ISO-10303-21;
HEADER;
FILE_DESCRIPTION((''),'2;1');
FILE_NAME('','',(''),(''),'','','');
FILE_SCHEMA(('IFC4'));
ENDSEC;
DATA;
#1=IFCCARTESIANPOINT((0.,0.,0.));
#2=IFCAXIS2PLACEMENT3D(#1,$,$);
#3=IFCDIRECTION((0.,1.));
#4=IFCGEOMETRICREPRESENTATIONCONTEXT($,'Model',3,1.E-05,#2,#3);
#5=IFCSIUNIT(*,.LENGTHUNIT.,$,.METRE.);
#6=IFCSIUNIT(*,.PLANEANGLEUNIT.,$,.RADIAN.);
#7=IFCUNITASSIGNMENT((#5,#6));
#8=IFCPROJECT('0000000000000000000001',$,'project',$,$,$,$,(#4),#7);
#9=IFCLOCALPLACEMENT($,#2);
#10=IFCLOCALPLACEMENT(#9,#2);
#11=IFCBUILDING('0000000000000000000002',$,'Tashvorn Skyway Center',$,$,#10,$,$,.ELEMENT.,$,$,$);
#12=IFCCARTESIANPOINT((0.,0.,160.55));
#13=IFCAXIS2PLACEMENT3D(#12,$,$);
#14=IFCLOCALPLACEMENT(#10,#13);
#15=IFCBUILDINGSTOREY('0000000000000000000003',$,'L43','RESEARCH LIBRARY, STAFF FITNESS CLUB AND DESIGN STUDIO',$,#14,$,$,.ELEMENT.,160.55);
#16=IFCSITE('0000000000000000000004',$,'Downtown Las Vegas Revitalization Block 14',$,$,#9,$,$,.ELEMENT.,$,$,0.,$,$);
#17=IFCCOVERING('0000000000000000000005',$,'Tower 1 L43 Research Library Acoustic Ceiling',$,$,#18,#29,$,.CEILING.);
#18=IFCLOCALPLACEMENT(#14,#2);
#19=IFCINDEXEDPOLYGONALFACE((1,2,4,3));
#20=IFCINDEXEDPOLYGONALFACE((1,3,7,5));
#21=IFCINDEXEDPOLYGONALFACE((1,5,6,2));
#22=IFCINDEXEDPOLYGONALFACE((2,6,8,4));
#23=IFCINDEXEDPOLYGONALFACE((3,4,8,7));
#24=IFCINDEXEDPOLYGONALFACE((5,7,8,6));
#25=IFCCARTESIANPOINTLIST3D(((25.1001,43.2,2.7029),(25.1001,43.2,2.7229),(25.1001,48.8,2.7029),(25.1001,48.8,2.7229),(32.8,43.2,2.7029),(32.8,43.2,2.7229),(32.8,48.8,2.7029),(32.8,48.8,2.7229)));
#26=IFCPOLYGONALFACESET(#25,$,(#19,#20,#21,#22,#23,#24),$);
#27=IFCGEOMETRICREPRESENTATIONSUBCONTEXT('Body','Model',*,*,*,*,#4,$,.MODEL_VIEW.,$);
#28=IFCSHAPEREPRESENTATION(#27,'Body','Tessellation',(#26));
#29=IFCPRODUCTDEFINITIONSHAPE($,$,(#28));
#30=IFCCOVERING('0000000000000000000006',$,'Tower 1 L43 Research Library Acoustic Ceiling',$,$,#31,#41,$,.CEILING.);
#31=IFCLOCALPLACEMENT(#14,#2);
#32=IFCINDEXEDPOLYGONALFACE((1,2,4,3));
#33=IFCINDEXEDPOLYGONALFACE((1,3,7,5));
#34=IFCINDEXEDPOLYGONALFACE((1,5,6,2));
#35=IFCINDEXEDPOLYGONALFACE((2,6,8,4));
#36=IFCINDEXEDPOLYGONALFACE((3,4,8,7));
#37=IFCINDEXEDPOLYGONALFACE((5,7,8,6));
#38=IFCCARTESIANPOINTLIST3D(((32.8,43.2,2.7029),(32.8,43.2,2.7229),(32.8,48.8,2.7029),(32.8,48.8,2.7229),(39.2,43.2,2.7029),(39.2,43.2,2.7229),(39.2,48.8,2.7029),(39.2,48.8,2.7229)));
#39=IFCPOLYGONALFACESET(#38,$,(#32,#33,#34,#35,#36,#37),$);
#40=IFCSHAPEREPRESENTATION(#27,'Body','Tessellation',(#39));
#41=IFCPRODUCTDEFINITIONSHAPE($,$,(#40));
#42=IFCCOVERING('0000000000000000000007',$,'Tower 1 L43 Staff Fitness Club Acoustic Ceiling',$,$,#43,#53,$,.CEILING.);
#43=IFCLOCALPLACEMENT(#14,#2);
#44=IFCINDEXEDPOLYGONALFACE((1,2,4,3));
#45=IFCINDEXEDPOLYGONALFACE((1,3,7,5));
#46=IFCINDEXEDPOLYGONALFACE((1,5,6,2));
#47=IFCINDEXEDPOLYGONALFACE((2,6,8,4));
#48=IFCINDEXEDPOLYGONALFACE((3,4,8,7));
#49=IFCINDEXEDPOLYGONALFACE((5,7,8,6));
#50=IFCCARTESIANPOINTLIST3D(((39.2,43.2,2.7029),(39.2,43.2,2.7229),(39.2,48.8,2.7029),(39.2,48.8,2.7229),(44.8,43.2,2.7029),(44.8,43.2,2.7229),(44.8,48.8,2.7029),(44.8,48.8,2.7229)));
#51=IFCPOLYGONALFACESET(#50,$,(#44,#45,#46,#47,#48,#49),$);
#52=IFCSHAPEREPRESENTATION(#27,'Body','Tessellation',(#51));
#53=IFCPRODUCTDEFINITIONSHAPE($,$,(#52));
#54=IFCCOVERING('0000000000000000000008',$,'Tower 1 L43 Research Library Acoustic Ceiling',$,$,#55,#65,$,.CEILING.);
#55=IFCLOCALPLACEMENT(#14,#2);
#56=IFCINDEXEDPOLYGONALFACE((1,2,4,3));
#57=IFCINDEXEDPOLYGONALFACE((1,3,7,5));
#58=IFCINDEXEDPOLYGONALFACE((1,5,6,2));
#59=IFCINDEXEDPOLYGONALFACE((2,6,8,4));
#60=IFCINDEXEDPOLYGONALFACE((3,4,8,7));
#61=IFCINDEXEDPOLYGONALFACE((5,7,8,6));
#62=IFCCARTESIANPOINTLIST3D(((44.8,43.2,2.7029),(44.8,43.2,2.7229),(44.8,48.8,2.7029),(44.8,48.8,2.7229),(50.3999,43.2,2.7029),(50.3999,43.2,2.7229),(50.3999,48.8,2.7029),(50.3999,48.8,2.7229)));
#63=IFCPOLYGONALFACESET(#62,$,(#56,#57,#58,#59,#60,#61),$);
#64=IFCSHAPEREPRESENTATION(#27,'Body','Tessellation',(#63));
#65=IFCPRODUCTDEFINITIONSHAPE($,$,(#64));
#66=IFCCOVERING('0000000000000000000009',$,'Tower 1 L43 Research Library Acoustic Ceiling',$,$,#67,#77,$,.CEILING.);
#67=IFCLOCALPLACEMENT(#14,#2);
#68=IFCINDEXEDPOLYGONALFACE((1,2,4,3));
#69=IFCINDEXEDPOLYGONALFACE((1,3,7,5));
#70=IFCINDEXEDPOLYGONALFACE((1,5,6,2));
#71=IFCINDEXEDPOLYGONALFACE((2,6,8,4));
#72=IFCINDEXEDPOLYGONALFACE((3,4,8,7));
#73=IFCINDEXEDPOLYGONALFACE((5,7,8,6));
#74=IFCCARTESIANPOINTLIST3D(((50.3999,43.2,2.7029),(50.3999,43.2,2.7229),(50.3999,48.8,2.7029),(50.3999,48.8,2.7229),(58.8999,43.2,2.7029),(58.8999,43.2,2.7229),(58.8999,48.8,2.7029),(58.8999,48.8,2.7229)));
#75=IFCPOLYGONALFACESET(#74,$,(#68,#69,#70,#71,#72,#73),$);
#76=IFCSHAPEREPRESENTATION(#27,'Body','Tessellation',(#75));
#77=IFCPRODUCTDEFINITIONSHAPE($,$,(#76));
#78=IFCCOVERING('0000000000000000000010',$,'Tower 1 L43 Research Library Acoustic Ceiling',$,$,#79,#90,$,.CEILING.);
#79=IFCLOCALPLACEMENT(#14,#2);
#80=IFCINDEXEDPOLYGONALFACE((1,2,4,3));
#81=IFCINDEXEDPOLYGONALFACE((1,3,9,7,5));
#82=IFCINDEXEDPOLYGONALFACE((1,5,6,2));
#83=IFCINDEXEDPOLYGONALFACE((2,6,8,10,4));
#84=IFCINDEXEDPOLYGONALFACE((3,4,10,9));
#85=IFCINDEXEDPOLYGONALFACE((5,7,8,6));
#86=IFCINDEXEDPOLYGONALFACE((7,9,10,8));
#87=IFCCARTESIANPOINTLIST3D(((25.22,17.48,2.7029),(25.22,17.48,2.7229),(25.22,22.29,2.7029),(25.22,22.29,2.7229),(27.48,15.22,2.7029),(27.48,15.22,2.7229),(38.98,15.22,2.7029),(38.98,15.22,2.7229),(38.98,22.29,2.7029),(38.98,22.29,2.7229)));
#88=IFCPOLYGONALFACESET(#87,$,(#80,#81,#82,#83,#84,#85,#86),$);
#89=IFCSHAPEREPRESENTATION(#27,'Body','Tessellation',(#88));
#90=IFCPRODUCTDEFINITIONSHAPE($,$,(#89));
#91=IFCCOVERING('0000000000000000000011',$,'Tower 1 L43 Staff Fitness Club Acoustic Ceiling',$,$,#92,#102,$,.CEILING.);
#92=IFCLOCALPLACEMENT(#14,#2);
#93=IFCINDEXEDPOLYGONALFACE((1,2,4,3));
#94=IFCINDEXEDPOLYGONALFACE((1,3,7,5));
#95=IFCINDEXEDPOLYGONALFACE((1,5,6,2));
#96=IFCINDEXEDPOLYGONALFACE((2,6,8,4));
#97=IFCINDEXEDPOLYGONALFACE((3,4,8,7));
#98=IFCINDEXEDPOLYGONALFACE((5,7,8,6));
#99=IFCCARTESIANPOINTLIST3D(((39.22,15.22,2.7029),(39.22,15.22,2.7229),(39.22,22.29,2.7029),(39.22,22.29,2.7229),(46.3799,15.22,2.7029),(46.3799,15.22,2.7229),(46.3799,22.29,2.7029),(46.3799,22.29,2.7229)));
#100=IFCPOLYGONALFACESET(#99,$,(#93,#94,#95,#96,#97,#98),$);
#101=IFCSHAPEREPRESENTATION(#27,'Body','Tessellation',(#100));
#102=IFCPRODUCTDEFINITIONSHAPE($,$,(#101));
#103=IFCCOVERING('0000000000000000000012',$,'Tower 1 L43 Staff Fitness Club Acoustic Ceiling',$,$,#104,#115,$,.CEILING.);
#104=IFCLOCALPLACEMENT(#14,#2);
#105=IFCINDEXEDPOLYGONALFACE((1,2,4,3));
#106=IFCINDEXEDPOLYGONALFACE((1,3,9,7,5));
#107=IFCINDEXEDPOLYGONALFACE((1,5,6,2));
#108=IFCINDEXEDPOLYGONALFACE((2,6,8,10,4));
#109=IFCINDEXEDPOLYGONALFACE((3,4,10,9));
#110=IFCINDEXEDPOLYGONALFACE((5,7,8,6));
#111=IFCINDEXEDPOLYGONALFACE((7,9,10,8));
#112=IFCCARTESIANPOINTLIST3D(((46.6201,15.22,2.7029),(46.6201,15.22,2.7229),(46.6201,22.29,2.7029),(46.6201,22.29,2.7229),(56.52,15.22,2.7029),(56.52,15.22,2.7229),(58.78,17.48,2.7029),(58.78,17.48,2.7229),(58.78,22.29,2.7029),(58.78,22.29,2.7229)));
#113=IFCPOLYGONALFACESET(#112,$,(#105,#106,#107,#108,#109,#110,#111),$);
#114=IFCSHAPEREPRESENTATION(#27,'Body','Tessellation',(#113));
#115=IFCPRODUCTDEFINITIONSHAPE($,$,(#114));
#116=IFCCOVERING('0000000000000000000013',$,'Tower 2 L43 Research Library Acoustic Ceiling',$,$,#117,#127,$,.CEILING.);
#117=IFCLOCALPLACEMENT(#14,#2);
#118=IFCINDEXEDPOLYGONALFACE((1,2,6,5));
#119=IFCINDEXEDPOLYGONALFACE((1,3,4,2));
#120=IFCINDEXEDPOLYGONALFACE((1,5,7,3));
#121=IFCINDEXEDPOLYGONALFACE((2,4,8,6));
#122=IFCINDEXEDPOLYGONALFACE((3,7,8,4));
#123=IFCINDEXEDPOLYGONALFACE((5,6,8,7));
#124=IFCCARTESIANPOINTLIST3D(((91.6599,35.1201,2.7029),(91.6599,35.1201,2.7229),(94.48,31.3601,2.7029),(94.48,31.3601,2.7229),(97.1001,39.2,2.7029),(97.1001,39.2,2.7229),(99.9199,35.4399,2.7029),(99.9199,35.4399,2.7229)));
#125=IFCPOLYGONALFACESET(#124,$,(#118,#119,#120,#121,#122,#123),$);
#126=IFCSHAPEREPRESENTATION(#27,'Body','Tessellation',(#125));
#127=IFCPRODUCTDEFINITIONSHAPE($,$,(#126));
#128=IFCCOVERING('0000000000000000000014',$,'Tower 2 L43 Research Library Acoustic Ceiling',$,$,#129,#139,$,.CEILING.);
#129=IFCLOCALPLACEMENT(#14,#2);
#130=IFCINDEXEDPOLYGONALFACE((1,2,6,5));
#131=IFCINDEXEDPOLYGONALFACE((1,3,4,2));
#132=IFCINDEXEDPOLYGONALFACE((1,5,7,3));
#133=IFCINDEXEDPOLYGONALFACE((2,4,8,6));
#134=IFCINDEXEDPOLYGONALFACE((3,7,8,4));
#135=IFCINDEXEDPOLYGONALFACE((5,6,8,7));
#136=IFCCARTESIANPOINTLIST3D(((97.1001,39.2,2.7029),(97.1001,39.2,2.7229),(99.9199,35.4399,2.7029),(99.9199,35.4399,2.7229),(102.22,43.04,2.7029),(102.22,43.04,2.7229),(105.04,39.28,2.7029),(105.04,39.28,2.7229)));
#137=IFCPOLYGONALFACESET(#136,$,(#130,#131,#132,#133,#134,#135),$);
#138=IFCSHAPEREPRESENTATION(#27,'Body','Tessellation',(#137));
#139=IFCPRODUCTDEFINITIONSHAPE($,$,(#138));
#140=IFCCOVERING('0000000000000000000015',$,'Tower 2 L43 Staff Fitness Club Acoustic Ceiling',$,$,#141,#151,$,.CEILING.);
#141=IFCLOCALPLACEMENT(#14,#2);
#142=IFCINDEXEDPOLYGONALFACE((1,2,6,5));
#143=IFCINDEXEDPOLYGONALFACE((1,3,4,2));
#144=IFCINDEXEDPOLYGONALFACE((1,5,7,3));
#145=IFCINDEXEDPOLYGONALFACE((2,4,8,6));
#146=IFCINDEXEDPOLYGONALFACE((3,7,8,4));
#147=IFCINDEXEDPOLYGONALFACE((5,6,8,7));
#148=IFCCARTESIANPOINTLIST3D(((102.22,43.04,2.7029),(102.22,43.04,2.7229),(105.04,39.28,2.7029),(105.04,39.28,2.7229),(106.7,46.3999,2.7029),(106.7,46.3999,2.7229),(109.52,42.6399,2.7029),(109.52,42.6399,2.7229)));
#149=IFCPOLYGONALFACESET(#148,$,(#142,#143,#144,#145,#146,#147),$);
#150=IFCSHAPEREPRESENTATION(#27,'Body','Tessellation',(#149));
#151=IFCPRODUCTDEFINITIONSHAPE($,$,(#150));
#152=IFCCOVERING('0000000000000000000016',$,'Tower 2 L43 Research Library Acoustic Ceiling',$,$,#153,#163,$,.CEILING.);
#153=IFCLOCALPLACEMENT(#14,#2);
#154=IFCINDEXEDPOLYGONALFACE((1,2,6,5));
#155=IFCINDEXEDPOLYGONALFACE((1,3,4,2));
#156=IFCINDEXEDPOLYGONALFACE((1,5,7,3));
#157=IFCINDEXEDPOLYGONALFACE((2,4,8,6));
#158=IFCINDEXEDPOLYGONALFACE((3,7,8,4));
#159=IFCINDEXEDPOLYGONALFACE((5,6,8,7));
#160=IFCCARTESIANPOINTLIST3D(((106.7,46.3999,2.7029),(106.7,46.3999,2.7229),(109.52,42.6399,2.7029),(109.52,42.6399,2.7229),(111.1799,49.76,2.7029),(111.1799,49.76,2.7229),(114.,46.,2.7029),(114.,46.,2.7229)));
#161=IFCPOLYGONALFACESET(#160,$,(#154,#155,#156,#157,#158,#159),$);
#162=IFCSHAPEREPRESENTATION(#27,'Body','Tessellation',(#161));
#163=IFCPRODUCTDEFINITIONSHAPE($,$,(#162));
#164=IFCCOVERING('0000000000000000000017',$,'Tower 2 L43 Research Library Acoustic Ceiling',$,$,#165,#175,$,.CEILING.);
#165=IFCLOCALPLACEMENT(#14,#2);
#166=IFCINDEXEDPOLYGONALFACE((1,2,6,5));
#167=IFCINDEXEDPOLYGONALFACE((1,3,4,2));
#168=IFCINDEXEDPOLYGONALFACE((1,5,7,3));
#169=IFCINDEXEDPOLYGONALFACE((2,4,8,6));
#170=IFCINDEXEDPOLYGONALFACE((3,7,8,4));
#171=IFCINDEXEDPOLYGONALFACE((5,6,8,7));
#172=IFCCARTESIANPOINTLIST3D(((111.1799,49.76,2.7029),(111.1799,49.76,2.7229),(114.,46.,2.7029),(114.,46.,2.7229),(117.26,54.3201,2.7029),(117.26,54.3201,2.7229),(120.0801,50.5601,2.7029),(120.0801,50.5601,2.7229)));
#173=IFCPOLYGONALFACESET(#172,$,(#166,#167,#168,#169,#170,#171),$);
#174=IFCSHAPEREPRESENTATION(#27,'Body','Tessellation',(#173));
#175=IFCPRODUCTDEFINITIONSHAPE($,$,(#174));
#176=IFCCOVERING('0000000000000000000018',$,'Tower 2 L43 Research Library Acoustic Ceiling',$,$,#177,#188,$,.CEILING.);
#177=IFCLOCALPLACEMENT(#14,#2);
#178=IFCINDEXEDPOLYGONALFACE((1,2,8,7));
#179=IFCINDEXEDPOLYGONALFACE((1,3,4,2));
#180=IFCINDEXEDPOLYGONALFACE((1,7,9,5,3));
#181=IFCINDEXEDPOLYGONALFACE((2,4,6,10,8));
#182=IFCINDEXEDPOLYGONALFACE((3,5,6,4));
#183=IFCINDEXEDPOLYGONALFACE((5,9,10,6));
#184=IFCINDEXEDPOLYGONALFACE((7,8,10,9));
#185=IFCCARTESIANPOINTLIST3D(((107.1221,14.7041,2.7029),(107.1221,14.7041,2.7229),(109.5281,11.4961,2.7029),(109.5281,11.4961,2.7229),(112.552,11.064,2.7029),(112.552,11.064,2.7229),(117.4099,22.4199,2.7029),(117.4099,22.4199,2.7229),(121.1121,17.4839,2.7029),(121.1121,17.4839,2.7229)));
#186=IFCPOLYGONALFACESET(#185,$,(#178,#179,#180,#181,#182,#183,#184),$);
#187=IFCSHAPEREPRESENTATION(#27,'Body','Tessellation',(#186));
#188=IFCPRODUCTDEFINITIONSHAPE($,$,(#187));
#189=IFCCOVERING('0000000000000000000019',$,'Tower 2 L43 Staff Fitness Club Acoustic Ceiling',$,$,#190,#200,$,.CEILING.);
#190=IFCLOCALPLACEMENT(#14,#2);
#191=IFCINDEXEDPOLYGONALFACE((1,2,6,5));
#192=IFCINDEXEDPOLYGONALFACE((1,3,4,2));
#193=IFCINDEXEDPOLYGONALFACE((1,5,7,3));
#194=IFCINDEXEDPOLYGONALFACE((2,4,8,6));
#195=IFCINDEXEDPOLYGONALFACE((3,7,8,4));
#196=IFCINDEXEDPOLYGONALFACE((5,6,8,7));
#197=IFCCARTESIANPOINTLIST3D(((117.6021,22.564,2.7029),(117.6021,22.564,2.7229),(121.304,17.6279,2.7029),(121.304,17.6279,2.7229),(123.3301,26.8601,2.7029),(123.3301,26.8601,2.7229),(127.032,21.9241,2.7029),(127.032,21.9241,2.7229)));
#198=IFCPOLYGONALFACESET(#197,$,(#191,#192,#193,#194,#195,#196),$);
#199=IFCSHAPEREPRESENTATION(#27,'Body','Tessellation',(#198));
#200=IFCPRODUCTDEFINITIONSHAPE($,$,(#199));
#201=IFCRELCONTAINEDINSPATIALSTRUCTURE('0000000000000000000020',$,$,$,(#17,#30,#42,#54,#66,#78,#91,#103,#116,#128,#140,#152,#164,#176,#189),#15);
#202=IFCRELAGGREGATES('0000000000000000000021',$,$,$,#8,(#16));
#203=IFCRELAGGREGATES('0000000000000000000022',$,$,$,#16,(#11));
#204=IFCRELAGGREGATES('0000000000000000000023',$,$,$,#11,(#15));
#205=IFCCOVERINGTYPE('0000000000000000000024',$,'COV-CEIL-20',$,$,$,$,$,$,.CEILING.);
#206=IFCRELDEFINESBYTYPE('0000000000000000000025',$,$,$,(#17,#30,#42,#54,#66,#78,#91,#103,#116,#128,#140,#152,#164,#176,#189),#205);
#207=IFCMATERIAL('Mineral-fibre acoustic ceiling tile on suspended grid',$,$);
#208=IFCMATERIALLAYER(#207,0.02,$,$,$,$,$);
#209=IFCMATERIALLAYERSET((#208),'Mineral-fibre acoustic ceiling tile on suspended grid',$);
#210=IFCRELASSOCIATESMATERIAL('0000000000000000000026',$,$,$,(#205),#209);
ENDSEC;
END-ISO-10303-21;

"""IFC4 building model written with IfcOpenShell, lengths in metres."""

from ifc_helpers import new_model, si_unit, direction, frame, origin, place, context, subcontext, project, spatial, polyline, outline, extrude, material, layer, layer_set, type_object, element, save


model = new_model("IFC4")

# Units and contexts
model_context = context("Model", 3, precision=1e-05, world=origin(), true_north=direction((0.0, 1.0)))
body_context = subcontext(model_context, "Body", "Model", "MODEL_VIEW")
ifc_project = project(units=[si_unit("LENGTHUNIT", "METRE"), si_unit("PLANEANGLEUNIT", "RADIAN")], contexts=[model_context])

# Site, building, storey
site_placement = place(None, origin())
site = spatial("IfcSite", under=ifc_project, at=site_placement, Name="Downtown Las Vegas Revitalization Block 14", CompositionType="ELEMENT", RefElevation=0.0)
building_placement = place(site_placement, origin())
building = spatial("IfcBuilding", under=site, at=building_placement, Name="Tashvorn Skyway Center", CompositionType="ELEMENT")
storey_placement = place(building_placement, frame((0.0, 0.0, 160.55)))
storey = spatial("IfcBuildingStorey", under=building, at=storey_placement, Name="L43", Description="RESEARCH LIBRARY, STAFF FITNESS CLUB AND DESIGN STUDIO", CompositionType="ELEMENT", Elevation=160.55)

# Coverings
ifc_material_1 = material(Name="Mineral-fibre acoustic ceiling tile on suspended grid")
ifc_layer_1 = layer(ifc_material_1, 0.02)
ifc_layer_set_1 = layer_set([ifc_layer_1], Name="Mineral-fibre acoustic ceiling tile on suspended grid")
covering_type_1 = type_object("IfcCoveringType", Name="COV-CEIL-20", PredefinedType="CEILING", material=ifc_layer_set_1)
covering_1_placement = place(storey_placement, frame((0.0, 0.0, 2.7029)))
element("IfcCovering", 1, at=covering_1_placement, inside=storey, type_object=covering_type_1, Name="Tower 1 L43 Research Library Acoustic Ceiling", PredefinedType="CEILING", context=body_context, shape_type="SweptSolid", body=[
    extrude(outline(polyline([(25.1001, 43.2), (32.8, 43.2), (32.8, 48.8), (25.1001, 48.8), (25.1001, 43.2)])), origin(), (0.0, 0.0, 1.0), 0.02),
])
covering_2_placement = place(storey_placement, frame((0.0, 0.0, 2.7029)))
element("IfcCovering", 2, at=covering_2_placement, inside=storey, type_object=covering_type_1, Name="Tower 1 L43 Research Library Acoustic Ceiling", PredefinedType="CEILING", context=body_context, shape_type="SweptSolid", body=[
    extrude(outline(polyline([(32.8, 43.2), (39.2, 43.2), (39.2, 48.8), (32.8, 48.8), (32.8, 43.2)])), origin(), (0.0, 0.0, 1.0), 0.02),
])
covering_3_placement = place(storey_placement, frame((0.0, 0.0, 2.7029)))
element("IfcCovering", 3, at=covering_3_placement, inside=storey, type_object=covering_type_1, Name="Tower 1 L43 Staff Fitness Club Acoustic Ceiling", PredefinedType="CEILING", context=body_context, shape_type="SweptSolid", body=[
    extrude(outline(polyline([(39.2, 43.2), (44.8, 43.2), (44.8, 48.8), (39.2, 48.8), (39.2, 43.2)])), origin(), (0.0, 0.0, 1.0), 0.02),
])
covering_4_placement = place(storey_placement, frame((0.0, 0.0, 2.7029)))
element("IfcCovering", 4, at=covering_4_placement, inside=storey, type_object=covering_type_1, Name="Tower 1 L43 Research Library Acoustic Ceiling", PredefinedType="CEILING", context=body_context, shape_type="SweptSolid", body=[
    extrude(outline(polyline([(44.8, 43.2), (50.3999, 43.2), (50.3999, 48.8), (44.8, 48.8), (44.8, 43.2)])), origin(), (0.0, 0.0, 1.0), 0.02),
])
covering_5_placement = place(storey_placement, frame((0.0, 0.0, 2.7029)))
element("IfcCovering", 5, at=covering_5_placement, inside=storey, type_object=covering_type_1, Name="Tower 1 L43 Research Library Acoustic Ceiling", PredefinedType="CEILING", context=body_context, shape_type="SweptSolid", body=[
    extrude(outline(polyline([(50.3999, 43.2), (58.8999, 43.2), (58.8999, 48.8), (50.3999, 48.8), (50.3999, 43.2)])), origin(), (0.0, 0.0, 1.0), 0.02),
])
covering_6_placement = place(storey_placement, frame((0.0, 0.0, 2.7029)))
element("IfcCovering", 6, at=covering_6_placement, inside=storey, type_object=covering_type_1, Name="Tower 1 L43 Research Library Acoustic Ceiling", PredefinedType="CEILING", context=body_context, shape_type="SweptSolid", body=[
    extrude(outline(polyline([(25.22, 22.29), (38.98, 22.29), (38.98, 15.22), (27.48, 15.22), (25.22, 17.48), (25.22, 22.29)])), origin(), (0.0, 0.0, 1.0), 0.02),
])
covering_7_placement = place(storey_placement, frame((0.0, 0.0, 2.7029)))
element("IfcCovering", 7, at=covering_7_placement, inside=storey, type_object=covering_type_1, Name="Tower 1 L43 Staff Fitness Club Acoustic Ceiling", PredefinedType="CEILING", context=body_context, shape_type="SweptSolid", body=[
    extrude(outline(polyline([(39.22, 22.29), (46.3799, 22.29), (46.3799, 15.22), (39.22, 15.22), (39.22, 22.29)])), origin(), (0.0, 0.0, 1.0), 0.02),
])
covering_8_placement = place(storey_placement, frame((0.0, 0.0, 2.7029)))
element("IfcCovering", 8, at=covering_8_placement, inside=storey, type_object=covering_type_1, Name="Tower 1 L43 Staff Fitness Club Acoustic Ceiling", PredefinedType="CEILING", context=body_context, shape_type="SweptSolid", body=[
    extrude(outline(polyline([(46.6201, 15.22), (46.6201, 22.29), (58.78, 22.29), (58.78, 17.48), (56.52, 15.22), (46.6201, 15.22)])), origin(), (0.0, 0.0, 1.0), 0.02),
])
covering_9_placement = place(storey_placement, frame((0.0, 0.0, 2.7029)))
element("IfcCovering", 9, at=covering_9_placement, inside=storey, type_object=covering_type_1, Name="Tower 2 L43 Research Library Acoustic Ceiling", PredefinedType="CEILING", context=body_context, shape_type="SweptSolid", body=[
    extrude(outline(polyline([(94.48, 31.3601), (99.9199, 35.4399), (97.1001, 39.2), (91.6599, 35.1201), (94.48, 31.3601)])), origin(), (0.0, 0.0, 1.0), 0.02),
])
covering_10_placement = place(storey_placement, frame((0.0, 0.0, 2.7029)))
element("IfcCovering", 10, at=covering_10_placement, inside=storey, type_object=covering_type_1, Name="Tower 2 L43 Research Library Acoustic Ceiling", PredefinedType="CEILING", context=body_context, shape_type="SweptSolid", body=[
    extrude(outline(polyline([(99.9199, 35.4399), (105.04, 39.28), (102.22, 43.04), (97.1001, 39.2), (99.9199, 35.4399)])), origin(), (0.0, 0.0, 1.0), 0.02),
])
covering_11_placement = place(storey_placement, frame((0.0, 0.0, 2.7029)))
element("IfcCovering", 11, at=covering_11_placement, inside=storey, type_object=covering_type_1, Name="Tower 2 L43 Staff Fitness Club Acoustic Ceiling", PredefinedType="CEILING", context=body_context, shape_type="SweptSolid", body=[
    extrude(outline(polyline([(105.04, 39.28), (109.52, 42.6399), (106.7, 46.3999), (102.22, 43.04), (105.04, 39.28)])), origin(), (0.0, 0.0, 1.0), 0.02),
])
covering_12_placement = place(storey_placement, frame((0.0, 0.0, 2.7029)))
element("IfcCovering", 12, at=covering_12_placement, inside=storey, type_object=covering_type_1, Name="Tower 2 L43 Research Library Acoustic Ceiling", PredefinedType="CEILING", context=body_context, shape_type="SweptSolid", body=[
    extrude(outline(polyline([(109.52, 42.6399), (114.0, 46.0), (111.1799, 49.76), (106.7, 46.3999), (109.52, 42.6399)])), origin(), (0.0, 0.0, 1.0), 0.02),
])
covering_13_placement = place(storey_placement, frame((0.0, 0.0, 2.7029)))
element("IfcCovering", 13, at=covering_13_placement, inside=storey, type_object=covering_type_1, Name="Tower 2 L43 Research Library Acoustic Ceiling", PredefinedType="CEILING", context=body_context, shape_type="SweptSolid", body=[
    extrude(outline(polyline([(114.0, 46.0), (120.0801, 50.5601), (117.26, 54.3201), (111.1799, 49.76), (114.0, 46.0)])), origin(), (0.0, 0.0, 1.0), 0.02),
])
covering_14_placement = place(storey_placement, frame((0.0, 0.0, 2.7029)))
element("IfcCovering", 14, at=covering_14_placement, inside=storey, type_object=covering_type_1, Name="Tower 2 L43 Research Library Acoustic Ceiling", PredefinedType="CEILING", context=body_context, shape_type="SweptSolid", body=[
    extrude(outline(polyline([(107.1221, 14.7041), (117.4099, 22.4199), (121.1121, 17.4839), (112.552, 11.064), (109.5281, 11.4961), (107.1221, 14.7041)])), origin(), (0.0, 0.0, 1.0), 0.02),
])
covering_15_placement = place(storey_placement, frame((0.0, 0.0, 2.7029)))
element("IfcCovering", 15, at=covering_15_placement, inside=storey, type_object=covering_type_1, Name="Tower 2 L43 Staff Fitness Club Acoustic Ceiling", PredefinedType="CEILING", context=body_context, shape_type="SweptSolid", body=[
    extrude(outline(polyline([(117.6021, 22.564), (123.3301, 26.8601), (127.032, 21.9241), (121.304, 17.6279), (117.6021, 22.564)])), origin(), (0.0, 0.0, 1.0), 0.02),
])

save(model, "model.ifc")
